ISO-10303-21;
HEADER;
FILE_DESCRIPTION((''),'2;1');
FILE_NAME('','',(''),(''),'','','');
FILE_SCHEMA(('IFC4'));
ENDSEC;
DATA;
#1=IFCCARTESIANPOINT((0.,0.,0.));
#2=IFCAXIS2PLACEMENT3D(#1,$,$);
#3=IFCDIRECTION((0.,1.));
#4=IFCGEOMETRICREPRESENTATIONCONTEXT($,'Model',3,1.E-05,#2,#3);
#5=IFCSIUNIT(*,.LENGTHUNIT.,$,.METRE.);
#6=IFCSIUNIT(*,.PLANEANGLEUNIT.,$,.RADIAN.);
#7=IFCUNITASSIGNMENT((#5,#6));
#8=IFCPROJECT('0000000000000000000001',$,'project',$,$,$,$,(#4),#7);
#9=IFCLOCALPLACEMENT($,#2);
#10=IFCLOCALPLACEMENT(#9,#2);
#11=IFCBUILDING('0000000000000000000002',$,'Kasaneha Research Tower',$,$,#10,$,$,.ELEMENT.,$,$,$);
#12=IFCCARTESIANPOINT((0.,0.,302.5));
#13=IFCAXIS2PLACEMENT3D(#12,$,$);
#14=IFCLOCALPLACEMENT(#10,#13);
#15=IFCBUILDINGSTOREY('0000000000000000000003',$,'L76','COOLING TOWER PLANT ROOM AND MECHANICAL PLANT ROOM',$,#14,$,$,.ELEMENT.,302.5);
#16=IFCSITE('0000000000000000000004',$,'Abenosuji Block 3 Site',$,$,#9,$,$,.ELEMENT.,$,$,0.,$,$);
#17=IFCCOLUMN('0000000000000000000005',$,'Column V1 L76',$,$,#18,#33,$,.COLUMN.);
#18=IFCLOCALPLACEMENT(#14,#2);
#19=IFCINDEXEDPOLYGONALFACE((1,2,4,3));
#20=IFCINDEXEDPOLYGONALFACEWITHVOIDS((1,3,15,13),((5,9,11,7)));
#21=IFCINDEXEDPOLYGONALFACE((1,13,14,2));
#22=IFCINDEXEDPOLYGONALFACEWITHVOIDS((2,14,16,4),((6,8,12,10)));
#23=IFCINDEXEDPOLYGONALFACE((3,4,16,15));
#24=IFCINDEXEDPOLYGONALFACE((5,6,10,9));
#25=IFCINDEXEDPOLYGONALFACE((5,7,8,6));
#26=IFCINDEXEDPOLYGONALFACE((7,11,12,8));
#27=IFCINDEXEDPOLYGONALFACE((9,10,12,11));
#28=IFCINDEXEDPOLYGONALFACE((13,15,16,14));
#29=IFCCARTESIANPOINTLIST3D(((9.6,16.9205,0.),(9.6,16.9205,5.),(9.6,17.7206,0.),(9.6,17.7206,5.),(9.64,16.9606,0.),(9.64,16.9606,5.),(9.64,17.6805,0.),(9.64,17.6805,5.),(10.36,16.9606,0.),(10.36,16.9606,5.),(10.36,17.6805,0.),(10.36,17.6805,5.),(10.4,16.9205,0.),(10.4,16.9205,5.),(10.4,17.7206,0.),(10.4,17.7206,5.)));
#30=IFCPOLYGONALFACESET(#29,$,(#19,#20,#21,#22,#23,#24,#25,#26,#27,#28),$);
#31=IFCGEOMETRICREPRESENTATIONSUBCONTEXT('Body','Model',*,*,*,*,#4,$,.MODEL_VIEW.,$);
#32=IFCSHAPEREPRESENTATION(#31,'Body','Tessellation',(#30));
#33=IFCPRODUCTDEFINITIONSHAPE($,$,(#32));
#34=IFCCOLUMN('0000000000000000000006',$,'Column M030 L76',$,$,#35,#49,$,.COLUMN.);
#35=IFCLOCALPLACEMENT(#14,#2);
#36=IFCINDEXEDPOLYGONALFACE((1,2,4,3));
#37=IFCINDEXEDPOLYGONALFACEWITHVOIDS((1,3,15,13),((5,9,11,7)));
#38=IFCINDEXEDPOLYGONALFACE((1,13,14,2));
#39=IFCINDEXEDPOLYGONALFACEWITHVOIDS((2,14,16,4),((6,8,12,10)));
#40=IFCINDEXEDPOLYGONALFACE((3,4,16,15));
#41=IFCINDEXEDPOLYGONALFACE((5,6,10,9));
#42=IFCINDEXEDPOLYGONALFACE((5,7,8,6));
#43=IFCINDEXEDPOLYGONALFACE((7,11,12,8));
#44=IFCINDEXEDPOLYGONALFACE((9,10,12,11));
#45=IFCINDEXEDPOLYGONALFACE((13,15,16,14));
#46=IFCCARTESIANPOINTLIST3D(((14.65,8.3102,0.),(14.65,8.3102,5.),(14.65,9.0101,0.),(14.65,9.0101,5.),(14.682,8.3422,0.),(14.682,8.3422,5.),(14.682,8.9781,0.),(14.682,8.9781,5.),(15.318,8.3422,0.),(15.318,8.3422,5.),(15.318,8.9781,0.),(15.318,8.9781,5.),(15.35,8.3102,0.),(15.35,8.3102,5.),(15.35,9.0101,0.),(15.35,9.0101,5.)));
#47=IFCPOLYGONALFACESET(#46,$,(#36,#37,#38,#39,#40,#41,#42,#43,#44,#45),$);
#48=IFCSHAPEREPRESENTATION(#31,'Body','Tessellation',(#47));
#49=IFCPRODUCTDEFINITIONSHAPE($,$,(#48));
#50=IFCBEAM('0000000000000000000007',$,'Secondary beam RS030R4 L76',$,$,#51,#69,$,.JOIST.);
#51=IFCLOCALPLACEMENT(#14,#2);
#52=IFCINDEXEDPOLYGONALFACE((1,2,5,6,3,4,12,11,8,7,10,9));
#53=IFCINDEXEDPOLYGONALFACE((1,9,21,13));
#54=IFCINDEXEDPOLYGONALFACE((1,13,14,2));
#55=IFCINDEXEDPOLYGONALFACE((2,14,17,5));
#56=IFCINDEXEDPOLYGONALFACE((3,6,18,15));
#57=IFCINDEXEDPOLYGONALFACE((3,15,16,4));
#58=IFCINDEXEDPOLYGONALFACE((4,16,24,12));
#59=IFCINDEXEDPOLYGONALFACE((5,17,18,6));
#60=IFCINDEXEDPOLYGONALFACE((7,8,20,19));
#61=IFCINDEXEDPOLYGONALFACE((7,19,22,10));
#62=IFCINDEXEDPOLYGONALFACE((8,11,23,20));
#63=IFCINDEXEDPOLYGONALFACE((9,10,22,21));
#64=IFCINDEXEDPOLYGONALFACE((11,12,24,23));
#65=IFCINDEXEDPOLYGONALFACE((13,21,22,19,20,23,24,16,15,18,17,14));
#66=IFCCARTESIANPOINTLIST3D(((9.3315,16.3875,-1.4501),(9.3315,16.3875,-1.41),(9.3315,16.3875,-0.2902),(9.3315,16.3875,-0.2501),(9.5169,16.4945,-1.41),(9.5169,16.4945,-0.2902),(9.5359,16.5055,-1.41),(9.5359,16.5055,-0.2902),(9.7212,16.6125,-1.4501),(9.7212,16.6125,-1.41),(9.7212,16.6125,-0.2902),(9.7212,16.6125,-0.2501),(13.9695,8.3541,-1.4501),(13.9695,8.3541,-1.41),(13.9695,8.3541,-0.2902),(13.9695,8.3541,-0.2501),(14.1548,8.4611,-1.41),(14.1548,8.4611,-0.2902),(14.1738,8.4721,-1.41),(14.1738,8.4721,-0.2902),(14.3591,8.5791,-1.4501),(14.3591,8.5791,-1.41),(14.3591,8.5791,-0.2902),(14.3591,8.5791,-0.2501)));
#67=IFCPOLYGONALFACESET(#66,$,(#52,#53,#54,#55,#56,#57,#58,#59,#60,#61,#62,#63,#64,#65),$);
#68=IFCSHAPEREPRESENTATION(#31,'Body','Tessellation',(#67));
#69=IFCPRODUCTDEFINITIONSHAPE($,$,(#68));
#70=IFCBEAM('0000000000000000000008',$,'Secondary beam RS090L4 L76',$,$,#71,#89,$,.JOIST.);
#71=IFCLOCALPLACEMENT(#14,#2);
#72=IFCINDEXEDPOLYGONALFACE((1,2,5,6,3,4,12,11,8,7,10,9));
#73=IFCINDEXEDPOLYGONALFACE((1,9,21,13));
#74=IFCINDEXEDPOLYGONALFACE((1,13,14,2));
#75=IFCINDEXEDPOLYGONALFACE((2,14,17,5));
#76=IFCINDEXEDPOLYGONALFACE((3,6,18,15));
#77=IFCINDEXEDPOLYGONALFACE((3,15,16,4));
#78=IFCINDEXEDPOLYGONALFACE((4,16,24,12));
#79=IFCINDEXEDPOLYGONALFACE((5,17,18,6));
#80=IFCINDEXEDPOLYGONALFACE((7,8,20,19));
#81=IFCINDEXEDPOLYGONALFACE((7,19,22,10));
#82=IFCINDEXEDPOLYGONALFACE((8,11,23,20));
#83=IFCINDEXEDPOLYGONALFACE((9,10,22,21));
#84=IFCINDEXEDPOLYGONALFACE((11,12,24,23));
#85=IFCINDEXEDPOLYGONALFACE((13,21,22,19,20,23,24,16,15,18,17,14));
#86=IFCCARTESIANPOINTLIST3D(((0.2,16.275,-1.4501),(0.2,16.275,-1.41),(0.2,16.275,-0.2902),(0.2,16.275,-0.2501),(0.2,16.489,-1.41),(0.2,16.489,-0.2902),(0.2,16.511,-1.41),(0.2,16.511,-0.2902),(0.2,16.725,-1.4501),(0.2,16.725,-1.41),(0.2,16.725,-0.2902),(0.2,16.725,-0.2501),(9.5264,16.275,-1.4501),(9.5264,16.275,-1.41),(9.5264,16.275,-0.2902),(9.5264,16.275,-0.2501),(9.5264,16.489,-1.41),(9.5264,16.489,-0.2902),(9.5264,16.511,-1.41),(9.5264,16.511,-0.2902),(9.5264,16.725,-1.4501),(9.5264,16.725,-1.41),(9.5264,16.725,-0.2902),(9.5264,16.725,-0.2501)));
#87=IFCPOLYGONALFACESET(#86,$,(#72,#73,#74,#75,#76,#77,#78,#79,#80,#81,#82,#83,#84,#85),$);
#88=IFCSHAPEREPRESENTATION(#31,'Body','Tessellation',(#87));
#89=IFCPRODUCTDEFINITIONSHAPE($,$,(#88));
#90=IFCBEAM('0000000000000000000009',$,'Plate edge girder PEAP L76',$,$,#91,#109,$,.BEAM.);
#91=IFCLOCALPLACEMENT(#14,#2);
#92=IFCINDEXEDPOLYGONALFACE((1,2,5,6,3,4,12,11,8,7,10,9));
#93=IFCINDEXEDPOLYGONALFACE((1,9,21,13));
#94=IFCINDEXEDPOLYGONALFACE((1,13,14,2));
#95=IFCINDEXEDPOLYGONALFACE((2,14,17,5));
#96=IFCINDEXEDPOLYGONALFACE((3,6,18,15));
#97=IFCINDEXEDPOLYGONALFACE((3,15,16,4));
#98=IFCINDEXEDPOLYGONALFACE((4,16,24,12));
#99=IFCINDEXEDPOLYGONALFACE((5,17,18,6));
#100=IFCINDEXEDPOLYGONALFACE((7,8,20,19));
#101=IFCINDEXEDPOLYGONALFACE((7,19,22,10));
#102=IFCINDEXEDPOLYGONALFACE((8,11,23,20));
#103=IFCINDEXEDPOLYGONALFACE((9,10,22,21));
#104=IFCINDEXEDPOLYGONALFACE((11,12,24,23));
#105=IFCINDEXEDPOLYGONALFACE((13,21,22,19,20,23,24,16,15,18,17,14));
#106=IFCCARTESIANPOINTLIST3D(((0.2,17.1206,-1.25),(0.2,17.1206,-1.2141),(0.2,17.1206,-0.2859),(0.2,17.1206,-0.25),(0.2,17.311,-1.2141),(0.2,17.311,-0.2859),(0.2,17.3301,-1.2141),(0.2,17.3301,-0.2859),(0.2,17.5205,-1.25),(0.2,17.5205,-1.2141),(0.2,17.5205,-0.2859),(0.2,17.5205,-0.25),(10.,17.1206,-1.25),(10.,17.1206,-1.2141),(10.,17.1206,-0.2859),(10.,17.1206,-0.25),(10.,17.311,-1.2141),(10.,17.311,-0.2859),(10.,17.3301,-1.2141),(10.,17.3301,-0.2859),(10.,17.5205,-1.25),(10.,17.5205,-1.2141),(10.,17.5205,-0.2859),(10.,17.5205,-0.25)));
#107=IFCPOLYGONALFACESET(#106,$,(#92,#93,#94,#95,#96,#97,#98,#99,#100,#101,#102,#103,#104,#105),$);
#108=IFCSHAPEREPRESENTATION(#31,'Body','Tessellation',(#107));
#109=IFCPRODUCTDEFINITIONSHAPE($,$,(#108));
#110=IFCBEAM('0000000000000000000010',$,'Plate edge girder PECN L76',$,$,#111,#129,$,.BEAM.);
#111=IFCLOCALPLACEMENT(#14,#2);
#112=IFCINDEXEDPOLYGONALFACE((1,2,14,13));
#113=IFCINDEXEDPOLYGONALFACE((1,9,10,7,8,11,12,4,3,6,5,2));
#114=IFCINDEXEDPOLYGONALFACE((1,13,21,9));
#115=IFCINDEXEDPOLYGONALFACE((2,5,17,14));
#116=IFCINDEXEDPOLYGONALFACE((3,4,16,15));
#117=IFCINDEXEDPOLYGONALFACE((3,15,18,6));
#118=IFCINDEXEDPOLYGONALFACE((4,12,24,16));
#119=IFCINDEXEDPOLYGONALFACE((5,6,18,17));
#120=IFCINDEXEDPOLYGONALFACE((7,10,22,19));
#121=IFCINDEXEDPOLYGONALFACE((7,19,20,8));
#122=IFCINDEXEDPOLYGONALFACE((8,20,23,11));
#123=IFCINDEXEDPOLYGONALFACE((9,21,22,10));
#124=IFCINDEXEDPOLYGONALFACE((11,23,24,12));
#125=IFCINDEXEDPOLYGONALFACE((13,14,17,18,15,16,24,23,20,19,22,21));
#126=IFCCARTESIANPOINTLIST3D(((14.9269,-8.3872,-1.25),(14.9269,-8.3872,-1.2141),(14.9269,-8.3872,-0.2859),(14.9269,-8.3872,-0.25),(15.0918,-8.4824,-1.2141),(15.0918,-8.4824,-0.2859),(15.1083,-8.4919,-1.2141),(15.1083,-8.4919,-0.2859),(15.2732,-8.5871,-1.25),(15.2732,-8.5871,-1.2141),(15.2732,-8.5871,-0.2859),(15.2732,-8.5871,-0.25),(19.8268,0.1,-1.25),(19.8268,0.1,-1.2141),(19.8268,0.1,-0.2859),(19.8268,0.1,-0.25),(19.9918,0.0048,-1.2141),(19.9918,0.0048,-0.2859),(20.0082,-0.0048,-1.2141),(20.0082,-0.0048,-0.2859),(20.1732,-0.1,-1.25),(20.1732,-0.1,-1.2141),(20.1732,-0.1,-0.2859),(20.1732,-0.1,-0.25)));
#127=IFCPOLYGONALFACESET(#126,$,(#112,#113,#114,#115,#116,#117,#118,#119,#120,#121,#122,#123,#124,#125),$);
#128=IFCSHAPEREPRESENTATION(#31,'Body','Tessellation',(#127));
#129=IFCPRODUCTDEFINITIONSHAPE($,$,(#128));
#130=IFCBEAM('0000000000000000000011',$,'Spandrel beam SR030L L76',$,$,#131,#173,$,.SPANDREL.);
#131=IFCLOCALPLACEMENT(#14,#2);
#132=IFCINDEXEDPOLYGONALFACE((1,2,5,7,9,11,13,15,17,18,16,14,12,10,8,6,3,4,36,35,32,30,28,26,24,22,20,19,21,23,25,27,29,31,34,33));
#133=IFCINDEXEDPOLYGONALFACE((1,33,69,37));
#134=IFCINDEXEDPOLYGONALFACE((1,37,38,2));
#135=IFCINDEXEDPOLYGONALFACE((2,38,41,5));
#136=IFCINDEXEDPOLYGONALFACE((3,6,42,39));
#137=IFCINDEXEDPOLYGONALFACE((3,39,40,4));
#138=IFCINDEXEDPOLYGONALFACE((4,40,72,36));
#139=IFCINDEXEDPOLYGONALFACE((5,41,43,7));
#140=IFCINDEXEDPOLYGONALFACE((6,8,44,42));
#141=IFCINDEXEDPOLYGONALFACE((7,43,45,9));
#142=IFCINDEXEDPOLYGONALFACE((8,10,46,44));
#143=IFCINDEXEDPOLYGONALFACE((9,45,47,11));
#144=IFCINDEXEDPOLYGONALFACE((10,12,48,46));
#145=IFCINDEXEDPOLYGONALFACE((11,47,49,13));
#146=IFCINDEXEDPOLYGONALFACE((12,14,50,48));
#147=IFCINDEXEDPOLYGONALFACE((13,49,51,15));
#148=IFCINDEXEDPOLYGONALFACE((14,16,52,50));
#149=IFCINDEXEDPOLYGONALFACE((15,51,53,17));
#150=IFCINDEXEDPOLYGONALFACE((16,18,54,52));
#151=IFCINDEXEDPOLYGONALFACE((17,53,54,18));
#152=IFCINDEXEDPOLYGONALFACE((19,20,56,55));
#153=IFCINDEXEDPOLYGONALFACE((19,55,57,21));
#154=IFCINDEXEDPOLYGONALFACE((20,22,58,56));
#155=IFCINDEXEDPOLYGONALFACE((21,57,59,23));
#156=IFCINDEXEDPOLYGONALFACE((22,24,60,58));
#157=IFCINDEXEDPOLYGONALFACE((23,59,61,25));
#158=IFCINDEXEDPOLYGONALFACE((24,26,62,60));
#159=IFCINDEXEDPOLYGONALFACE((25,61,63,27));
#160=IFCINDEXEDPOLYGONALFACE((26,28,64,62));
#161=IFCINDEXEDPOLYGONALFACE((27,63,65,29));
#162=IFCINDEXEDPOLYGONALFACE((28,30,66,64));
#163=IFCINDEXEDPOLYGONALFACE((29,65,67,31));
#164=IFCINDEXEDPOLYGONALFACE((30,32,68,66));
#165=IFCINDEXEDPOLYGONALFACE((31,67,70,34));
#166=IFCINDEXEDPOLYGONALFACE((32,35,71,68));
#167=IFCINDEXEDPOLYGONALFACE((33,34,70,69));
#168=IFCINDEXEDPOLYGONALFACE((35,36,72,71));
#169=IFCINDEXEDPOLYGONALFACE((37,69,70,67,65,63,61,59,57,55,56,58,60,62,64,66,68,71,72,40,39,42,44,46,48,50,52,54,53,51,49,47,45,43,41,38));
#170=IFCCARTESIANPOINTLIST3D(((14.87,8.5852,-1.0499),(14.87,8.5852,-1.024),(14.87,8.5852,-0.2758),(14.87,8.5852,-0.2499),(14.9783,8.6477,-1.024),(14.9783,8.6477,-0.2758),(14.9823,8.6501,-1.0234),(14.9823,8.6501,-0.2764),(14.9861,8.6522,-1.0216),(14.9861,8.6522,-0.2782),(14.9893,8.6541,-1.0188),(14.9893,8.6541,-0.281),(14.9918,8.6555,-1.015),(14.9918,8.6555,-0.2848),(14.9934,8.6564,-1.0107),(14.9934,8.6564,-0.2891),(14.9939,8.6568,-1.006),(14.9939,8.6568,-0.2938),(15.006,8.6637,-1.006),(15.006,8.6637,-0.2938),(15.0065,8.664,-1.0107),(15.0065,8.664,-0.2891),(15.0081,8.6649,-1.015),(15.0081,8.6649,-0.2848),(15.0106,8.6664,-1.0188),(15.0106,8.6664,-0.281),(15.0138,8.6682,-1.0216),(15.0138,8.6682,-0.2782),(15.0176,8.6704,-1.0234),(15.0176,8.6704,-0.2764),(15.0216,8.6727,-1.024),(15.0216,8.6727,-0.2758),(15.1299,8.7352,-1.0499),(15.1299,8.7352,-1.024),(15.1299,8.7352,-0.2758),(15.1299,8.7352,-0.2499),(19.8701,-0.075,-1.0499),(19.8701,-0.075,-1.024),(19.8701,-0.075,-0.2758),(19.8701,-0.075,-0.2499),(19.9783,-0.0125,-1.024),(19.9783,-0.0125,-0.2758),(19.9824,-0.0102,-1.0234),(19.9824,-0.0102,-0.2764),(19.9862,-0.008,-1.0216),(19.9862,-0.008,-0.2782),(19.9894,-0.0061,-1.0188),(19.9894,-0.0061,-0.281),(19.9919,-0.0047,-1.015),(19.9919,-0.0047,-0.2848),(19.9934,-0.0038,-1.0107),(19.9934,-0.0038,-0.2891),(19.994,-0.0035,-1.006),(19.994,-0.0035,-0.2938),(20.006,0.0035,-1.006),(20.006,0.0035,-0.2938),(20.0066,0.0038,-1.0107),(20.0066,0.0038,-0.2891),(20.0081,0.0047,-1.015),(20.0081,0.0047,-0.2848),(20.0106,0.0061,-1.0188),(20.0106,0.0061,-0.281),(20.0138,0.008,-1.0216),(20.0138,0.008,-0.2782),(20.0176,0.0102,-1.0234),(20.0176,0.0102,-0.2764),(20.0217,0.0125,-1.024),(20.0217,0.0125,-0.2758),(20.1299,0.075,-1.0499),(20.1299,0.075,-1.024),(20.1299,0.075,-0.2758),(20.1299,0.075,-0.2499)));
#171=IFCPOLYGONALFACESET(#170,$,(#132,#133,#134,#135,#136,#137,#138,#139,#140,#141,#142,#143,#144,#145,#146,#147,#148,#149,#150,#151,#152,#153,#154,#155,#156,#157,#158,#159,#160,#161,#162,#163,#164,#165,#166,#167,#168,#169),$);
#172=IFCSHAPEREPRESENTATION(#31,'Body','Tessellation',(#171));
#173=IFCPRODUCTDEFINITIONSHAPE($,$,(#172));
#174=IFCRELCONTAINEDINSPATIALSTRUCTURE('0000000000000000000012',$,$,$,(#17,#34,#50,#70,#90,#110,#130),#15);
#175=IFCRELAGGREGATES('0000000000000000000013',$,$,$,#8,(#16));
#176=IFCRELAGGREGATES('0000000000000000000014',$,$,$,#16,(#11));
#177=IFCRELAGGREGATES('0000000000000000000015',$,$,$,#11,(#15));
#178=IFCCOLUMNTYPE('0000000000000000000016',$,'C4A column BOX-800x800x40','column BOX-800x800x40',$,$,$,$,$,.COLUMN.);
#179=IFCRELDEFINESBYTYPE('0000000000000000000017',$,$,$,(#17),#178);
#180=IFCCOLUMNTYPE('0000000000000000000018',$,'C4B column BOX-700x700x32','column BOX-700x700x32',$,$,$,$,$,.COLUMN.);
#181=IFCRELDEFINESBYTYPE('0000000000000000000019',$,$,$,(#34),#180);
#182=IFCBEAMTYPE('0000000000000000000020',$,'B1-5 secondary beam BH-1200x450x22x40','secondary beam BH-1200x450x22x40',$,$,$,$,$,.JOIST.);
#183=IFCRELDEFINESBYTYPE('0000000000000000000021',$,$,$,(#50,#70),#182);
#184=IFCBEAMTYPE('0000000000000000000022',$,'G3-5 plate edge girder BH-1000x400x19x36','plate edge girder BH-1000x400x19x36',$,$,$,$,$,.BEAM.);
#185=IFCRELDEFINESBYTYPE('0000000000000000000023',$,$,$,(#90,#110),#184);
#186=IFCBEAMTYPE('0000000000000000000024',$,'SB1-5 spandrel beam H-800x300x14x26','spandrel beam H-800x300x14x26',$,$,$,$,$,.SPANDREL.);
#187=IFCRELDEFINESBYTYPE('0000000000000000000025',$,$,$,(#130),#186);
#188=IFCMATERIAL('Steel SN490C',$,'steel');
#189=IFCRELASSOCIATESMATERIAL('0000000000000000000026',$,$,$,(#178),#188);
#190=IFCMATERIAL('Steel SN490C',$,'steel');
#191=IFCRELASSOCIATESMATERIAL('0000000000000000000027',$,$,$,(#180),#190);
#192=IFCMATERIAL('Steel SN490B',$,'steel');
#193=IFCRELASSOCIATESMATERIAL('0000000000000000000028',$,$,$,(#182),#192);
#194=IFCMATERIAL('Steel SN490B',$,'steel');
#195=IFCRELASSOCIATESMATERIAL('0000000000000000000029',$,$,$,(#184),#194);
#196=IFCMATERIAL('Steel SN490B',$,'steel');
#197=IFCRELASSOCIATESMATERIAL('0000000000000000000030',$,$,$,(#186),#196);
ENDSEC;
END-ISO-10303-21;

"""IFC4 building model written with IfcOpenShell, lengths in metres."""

from ifc_helpers import new_model, si_unit, direction, frame, origin, origin_2d, place, context, subcontext, project, spatial, hollow_rectangle, i_section, extrude, material, material_profile, profile_set, type_object, element, save


model = new_model("IFC4")

# Units and contexts
model_context = context("Model", 3, precision=1e-05, world=origin(), true_north=direction((0.0, 1.0)))
body_context = subcontext(model_context, "Body", "Model", "MODEL_VIEW")
ifc_project = project(units=[si_unit("LENGTHUNIT", "METRE"), si_unit("PLANEANGLEUNIT", "RADIAN")], contexts=[model_context])

# Site, building, storey
site_placement = place(None, origin())
site = spatial("IfcSite", under=ifc_project, at=site_placement, Name="Abenosuji Block 3 Site", CompositionType="ELEMENT", RefElevation=0.0)
building_placement = place(site_placement, origin())
building = spatial("IfcBuilding", under=site, at=building_placement, Name="Kasaneha Research Tower", CompositionType="ELEMENT")
storey_placement = place(building_placement, frame((0.0, 0.0, 302.5)))
storey = spatial("IfcBuildingStorey", under=building, at=storey_placement, Name="L76", Description="COOLING TOWER PLANT ROOM AND MECHANICAL PLANT ROOM", CompositionType="ELEMENT", Elevation=302.5)

# Columns
ifc_material_1 = material(Name="Steel SN490C", Category="steel")
ifc_material_profile_1 = material_profile(ifc_material_1, hollow_rectangle(XDim=0.8, YDim=0.8, WallThickness=0.04, at=origin_2d()), Name="BOX-800x800x40")
ifc_profile_set_1 = profile_set([ifc_material_profile_1], Name="Steel SN490C")
column_type_1 = type_object("IfcColumnType", Name="C4A column BOX-800x800x40", Description="column BOX-800x800x40", PredefinedType="COLUMN", material=ifc_profile_set_1)
column_1_placement = place(storey_placement, frame((10.0, 17.3206, 0.0), z_axis=(0.0, 0.0, 1.0), x_axis=(1.0, 0.0, 0.0)))
element("IfcColumn", 1, at=column_1_placement, inside=storey, type_object=column_type_1, Name="Column V1 L76", PredefinedType="COLUMN", context=body_context, shape_type="SweptSolid", body=[
    extrude(hollow_rectangle(XDim=0.8, YDim=0.8, WallThickness=0.04, at=origin_2d()), origin(), (0.0, 0.0, 1.0), 5.0),
])
ifc_material_2 = material(Name="Steel SN490C", Category="steel")
ifc_material_profile_2 = material_profile(ifc_material_2, hollow_rectangle(XDim=0.7, YDim=0.7, WallThickness=0.032, at=origin_2d()), Name="BOX-700x700x32")
ifc_profile_set_2 = profile_set([ifc_material_profile_2], Name="Steel SN490C")
column_type_2 = type_object("IfcColumnType", Name="C4B column BOX-700x700x32", Description="column BOX-700x700x32", PredefinedType="COLUMN", material=ifc_profile_set_2)
column_2_placement = place(storey_placement, frame((15.0, 8.6602, 0.0), z_axis=(0.0, 0.0, 1.0), x_axis=(1.0, 0.0, 0.0)))
element("IfcColumn", 2, at=column_2_placement, inside=storey, type_object=column_type_2, Name="Column M030 L76", PredefinedType="COLUMN", context=body_context, shape_type="SweptSolid", body=[
    extrude(hollow_rectangle(XDim=0.7, YDim=0.7, WallThickness=0.032, at=origin_2d()), origin(), (0.0, 0.0, 1.0), 5.0),
])

# Beams
ifc_material_3 = material(Name="Steel SN490B", Category="steel")
ifc_material_profile_3 = material_profile(ifc_material_3, i_section(OverallWidth=0.45, OverallDepth=1.2, WebThickness=0.022, FlangeThickness=0.04, at=origin_2d()), Name="BH-1200x450x22x40")
ifc_profile_set_3 = profile_set([ifc_material_profile_3], Name="Steel SN490B")
beam_type_1 = type_object("IfcBeamType", Name="B1-5 secondary beam BH-1200x450x22x40", Description="secondary beam BH-1200x450x22x40", PredefinedType="JOIST", material=ifc_profile_set_3)
beam_1_placement = place(storey_placement, frame((9.5264, 16.5, -0.8501), z_axis=(0.499986, -0.866034, 0.0), x_axis=(0.866034, 0.499986, 0.0)))
element("IfcBeam", 3, at=beam_1_placement, inside=storey, type_object=beam_type_1, Name="Secondary beam RS030R4 L76", PredefinedType="JOIST", context=body_context, shape_type="SweptSolid", body=[
    extrude(i_section(OverallWidth=0.45, OverallDepth=1.2, WebThickness=0.022, FlangeThickness=0.04, at=origin_2d()), origin(), (0.0, 0.0, 1.0), 9.2761),
])
beam_2_placement = place(storey_placement, frame((9.5264, 16.5, -0.8501), z_axis=(-1.0, 0.0, 0.0), x_axis=(0.0, -1.0, 0.0)))
element("IfcBeam", 4, at=beam_2_placement, inside=storey, type_object=beam_type_1, Name="Secondary beam RS090L4 L76", PredefinedType="JOIST", context=body_context, shape_type="SweptSolid", body=[
    extrude(i_section(OverallWidth=0.45, OverallDepth=1.2, WebThickness=0.022, FlangeThickness=0.04, at=origin_2d()), origin(), (0.0, 0.0, 1.0), 9.3264),
])
ifc_material_4 = material(Name="Steel SN490B", Category="steel")
ifc_material_profile_4 = material_profile(ifc_material_4, i_section(OverallWidth=0.3999, OverallDepth=1.0, WebThickness=0.019, FlangeThickness=0.0359, at=origin_2d()), Name="BH-1000x400x19x36")
ifc_profile_set_4 = profile_set([ifc_material_profile_4], Name="Steel SN490B")
beam_type_2 = type_object("IfcBeamType", Name="G3-5 plate edge girder BH-1000x400x19x36", Description="plate edge girder BH-1000x400x19x36", PredefinedType="BEAM", material=ifc_profile_set_4)
for number, where, z_axis, x_axis, name in (
    (5, (10.0, 17.3206, -0.75), (-1.0, 0.0, 0.0), (0.0, -1.0, 0.0), "Plate edge girder PEAP L76"),
    (6, (20.0, 0.0, -0.75), (-0.499992, -0.86603, 0.0), (0.86603, -0.499992, 0.0), "Plate edge girder PECN L76"),
):
    element("IfcBeam", number, at=place(storey_placement, frame(where, z_axis=z_axis, x_axis=x_axis)), inside=storey, type_object=beam_type_2, Name=name, PredefinedType="BEAM", context=body_context, shape_type="SweptSolid", body=[
        extrude(i_section(OverallWidth=0.3999, OverallDepth=1.0, WebThickness=0.019, FlangeThickness=0.0359, at=origin_2d()), origin(), (0.0, 0.0, 1.0), 9.8),
    ])
ifc_material_5 = material(Name="Steel SN490B", Category="steel")
ifc_material_profile_5 = material_profile(ifc_material_5, i_section(OverallWidth=0.3, OverallDepth=0.8, WebThickness=0.0139, FlangeThickness=0.0259, FilletRadius=0.0181, at=origin_2d()), Name="H-800x300x14x26")
ifc_profile_set_5 = profile_set([ifc_material_profile_5], Name="Steel SN490B")
beam_type_3 = type_object("IfcBeamType", Name="SB1-5 spandrel beam H-800x300x14x26", Description="spandrel beam H-800x300x14x26", PredefinedType="SPANDREL", material=ifc_profile_set_5)
beam_3_placement = place(storey_placement, frame((20.0, 0.0, -0.6499), z_axis=(-0.500004, 0.866023, 0.0), x_axis=(-0.866023, -0.500004, 0.0)))
element("IfcBeam", 7, at=beam_3_placement, inside=storey, type_object=beam_type_3, Name="Spandrel beam SR030L L76", PredefinedType="SPANDREL", context=body_context, shape_type="SweptSolid", body=[
    extrude(i_section(OverallWidth=0.3, OverallDepth=0.8, WebThickness=0.0139, FlangeThickness=0.0259, FilletRadius=0.0181, at=origin_2d()), origin(), (0.0, 0.0, 1.0), 10.0),
])

save(model, "model.ifc")
